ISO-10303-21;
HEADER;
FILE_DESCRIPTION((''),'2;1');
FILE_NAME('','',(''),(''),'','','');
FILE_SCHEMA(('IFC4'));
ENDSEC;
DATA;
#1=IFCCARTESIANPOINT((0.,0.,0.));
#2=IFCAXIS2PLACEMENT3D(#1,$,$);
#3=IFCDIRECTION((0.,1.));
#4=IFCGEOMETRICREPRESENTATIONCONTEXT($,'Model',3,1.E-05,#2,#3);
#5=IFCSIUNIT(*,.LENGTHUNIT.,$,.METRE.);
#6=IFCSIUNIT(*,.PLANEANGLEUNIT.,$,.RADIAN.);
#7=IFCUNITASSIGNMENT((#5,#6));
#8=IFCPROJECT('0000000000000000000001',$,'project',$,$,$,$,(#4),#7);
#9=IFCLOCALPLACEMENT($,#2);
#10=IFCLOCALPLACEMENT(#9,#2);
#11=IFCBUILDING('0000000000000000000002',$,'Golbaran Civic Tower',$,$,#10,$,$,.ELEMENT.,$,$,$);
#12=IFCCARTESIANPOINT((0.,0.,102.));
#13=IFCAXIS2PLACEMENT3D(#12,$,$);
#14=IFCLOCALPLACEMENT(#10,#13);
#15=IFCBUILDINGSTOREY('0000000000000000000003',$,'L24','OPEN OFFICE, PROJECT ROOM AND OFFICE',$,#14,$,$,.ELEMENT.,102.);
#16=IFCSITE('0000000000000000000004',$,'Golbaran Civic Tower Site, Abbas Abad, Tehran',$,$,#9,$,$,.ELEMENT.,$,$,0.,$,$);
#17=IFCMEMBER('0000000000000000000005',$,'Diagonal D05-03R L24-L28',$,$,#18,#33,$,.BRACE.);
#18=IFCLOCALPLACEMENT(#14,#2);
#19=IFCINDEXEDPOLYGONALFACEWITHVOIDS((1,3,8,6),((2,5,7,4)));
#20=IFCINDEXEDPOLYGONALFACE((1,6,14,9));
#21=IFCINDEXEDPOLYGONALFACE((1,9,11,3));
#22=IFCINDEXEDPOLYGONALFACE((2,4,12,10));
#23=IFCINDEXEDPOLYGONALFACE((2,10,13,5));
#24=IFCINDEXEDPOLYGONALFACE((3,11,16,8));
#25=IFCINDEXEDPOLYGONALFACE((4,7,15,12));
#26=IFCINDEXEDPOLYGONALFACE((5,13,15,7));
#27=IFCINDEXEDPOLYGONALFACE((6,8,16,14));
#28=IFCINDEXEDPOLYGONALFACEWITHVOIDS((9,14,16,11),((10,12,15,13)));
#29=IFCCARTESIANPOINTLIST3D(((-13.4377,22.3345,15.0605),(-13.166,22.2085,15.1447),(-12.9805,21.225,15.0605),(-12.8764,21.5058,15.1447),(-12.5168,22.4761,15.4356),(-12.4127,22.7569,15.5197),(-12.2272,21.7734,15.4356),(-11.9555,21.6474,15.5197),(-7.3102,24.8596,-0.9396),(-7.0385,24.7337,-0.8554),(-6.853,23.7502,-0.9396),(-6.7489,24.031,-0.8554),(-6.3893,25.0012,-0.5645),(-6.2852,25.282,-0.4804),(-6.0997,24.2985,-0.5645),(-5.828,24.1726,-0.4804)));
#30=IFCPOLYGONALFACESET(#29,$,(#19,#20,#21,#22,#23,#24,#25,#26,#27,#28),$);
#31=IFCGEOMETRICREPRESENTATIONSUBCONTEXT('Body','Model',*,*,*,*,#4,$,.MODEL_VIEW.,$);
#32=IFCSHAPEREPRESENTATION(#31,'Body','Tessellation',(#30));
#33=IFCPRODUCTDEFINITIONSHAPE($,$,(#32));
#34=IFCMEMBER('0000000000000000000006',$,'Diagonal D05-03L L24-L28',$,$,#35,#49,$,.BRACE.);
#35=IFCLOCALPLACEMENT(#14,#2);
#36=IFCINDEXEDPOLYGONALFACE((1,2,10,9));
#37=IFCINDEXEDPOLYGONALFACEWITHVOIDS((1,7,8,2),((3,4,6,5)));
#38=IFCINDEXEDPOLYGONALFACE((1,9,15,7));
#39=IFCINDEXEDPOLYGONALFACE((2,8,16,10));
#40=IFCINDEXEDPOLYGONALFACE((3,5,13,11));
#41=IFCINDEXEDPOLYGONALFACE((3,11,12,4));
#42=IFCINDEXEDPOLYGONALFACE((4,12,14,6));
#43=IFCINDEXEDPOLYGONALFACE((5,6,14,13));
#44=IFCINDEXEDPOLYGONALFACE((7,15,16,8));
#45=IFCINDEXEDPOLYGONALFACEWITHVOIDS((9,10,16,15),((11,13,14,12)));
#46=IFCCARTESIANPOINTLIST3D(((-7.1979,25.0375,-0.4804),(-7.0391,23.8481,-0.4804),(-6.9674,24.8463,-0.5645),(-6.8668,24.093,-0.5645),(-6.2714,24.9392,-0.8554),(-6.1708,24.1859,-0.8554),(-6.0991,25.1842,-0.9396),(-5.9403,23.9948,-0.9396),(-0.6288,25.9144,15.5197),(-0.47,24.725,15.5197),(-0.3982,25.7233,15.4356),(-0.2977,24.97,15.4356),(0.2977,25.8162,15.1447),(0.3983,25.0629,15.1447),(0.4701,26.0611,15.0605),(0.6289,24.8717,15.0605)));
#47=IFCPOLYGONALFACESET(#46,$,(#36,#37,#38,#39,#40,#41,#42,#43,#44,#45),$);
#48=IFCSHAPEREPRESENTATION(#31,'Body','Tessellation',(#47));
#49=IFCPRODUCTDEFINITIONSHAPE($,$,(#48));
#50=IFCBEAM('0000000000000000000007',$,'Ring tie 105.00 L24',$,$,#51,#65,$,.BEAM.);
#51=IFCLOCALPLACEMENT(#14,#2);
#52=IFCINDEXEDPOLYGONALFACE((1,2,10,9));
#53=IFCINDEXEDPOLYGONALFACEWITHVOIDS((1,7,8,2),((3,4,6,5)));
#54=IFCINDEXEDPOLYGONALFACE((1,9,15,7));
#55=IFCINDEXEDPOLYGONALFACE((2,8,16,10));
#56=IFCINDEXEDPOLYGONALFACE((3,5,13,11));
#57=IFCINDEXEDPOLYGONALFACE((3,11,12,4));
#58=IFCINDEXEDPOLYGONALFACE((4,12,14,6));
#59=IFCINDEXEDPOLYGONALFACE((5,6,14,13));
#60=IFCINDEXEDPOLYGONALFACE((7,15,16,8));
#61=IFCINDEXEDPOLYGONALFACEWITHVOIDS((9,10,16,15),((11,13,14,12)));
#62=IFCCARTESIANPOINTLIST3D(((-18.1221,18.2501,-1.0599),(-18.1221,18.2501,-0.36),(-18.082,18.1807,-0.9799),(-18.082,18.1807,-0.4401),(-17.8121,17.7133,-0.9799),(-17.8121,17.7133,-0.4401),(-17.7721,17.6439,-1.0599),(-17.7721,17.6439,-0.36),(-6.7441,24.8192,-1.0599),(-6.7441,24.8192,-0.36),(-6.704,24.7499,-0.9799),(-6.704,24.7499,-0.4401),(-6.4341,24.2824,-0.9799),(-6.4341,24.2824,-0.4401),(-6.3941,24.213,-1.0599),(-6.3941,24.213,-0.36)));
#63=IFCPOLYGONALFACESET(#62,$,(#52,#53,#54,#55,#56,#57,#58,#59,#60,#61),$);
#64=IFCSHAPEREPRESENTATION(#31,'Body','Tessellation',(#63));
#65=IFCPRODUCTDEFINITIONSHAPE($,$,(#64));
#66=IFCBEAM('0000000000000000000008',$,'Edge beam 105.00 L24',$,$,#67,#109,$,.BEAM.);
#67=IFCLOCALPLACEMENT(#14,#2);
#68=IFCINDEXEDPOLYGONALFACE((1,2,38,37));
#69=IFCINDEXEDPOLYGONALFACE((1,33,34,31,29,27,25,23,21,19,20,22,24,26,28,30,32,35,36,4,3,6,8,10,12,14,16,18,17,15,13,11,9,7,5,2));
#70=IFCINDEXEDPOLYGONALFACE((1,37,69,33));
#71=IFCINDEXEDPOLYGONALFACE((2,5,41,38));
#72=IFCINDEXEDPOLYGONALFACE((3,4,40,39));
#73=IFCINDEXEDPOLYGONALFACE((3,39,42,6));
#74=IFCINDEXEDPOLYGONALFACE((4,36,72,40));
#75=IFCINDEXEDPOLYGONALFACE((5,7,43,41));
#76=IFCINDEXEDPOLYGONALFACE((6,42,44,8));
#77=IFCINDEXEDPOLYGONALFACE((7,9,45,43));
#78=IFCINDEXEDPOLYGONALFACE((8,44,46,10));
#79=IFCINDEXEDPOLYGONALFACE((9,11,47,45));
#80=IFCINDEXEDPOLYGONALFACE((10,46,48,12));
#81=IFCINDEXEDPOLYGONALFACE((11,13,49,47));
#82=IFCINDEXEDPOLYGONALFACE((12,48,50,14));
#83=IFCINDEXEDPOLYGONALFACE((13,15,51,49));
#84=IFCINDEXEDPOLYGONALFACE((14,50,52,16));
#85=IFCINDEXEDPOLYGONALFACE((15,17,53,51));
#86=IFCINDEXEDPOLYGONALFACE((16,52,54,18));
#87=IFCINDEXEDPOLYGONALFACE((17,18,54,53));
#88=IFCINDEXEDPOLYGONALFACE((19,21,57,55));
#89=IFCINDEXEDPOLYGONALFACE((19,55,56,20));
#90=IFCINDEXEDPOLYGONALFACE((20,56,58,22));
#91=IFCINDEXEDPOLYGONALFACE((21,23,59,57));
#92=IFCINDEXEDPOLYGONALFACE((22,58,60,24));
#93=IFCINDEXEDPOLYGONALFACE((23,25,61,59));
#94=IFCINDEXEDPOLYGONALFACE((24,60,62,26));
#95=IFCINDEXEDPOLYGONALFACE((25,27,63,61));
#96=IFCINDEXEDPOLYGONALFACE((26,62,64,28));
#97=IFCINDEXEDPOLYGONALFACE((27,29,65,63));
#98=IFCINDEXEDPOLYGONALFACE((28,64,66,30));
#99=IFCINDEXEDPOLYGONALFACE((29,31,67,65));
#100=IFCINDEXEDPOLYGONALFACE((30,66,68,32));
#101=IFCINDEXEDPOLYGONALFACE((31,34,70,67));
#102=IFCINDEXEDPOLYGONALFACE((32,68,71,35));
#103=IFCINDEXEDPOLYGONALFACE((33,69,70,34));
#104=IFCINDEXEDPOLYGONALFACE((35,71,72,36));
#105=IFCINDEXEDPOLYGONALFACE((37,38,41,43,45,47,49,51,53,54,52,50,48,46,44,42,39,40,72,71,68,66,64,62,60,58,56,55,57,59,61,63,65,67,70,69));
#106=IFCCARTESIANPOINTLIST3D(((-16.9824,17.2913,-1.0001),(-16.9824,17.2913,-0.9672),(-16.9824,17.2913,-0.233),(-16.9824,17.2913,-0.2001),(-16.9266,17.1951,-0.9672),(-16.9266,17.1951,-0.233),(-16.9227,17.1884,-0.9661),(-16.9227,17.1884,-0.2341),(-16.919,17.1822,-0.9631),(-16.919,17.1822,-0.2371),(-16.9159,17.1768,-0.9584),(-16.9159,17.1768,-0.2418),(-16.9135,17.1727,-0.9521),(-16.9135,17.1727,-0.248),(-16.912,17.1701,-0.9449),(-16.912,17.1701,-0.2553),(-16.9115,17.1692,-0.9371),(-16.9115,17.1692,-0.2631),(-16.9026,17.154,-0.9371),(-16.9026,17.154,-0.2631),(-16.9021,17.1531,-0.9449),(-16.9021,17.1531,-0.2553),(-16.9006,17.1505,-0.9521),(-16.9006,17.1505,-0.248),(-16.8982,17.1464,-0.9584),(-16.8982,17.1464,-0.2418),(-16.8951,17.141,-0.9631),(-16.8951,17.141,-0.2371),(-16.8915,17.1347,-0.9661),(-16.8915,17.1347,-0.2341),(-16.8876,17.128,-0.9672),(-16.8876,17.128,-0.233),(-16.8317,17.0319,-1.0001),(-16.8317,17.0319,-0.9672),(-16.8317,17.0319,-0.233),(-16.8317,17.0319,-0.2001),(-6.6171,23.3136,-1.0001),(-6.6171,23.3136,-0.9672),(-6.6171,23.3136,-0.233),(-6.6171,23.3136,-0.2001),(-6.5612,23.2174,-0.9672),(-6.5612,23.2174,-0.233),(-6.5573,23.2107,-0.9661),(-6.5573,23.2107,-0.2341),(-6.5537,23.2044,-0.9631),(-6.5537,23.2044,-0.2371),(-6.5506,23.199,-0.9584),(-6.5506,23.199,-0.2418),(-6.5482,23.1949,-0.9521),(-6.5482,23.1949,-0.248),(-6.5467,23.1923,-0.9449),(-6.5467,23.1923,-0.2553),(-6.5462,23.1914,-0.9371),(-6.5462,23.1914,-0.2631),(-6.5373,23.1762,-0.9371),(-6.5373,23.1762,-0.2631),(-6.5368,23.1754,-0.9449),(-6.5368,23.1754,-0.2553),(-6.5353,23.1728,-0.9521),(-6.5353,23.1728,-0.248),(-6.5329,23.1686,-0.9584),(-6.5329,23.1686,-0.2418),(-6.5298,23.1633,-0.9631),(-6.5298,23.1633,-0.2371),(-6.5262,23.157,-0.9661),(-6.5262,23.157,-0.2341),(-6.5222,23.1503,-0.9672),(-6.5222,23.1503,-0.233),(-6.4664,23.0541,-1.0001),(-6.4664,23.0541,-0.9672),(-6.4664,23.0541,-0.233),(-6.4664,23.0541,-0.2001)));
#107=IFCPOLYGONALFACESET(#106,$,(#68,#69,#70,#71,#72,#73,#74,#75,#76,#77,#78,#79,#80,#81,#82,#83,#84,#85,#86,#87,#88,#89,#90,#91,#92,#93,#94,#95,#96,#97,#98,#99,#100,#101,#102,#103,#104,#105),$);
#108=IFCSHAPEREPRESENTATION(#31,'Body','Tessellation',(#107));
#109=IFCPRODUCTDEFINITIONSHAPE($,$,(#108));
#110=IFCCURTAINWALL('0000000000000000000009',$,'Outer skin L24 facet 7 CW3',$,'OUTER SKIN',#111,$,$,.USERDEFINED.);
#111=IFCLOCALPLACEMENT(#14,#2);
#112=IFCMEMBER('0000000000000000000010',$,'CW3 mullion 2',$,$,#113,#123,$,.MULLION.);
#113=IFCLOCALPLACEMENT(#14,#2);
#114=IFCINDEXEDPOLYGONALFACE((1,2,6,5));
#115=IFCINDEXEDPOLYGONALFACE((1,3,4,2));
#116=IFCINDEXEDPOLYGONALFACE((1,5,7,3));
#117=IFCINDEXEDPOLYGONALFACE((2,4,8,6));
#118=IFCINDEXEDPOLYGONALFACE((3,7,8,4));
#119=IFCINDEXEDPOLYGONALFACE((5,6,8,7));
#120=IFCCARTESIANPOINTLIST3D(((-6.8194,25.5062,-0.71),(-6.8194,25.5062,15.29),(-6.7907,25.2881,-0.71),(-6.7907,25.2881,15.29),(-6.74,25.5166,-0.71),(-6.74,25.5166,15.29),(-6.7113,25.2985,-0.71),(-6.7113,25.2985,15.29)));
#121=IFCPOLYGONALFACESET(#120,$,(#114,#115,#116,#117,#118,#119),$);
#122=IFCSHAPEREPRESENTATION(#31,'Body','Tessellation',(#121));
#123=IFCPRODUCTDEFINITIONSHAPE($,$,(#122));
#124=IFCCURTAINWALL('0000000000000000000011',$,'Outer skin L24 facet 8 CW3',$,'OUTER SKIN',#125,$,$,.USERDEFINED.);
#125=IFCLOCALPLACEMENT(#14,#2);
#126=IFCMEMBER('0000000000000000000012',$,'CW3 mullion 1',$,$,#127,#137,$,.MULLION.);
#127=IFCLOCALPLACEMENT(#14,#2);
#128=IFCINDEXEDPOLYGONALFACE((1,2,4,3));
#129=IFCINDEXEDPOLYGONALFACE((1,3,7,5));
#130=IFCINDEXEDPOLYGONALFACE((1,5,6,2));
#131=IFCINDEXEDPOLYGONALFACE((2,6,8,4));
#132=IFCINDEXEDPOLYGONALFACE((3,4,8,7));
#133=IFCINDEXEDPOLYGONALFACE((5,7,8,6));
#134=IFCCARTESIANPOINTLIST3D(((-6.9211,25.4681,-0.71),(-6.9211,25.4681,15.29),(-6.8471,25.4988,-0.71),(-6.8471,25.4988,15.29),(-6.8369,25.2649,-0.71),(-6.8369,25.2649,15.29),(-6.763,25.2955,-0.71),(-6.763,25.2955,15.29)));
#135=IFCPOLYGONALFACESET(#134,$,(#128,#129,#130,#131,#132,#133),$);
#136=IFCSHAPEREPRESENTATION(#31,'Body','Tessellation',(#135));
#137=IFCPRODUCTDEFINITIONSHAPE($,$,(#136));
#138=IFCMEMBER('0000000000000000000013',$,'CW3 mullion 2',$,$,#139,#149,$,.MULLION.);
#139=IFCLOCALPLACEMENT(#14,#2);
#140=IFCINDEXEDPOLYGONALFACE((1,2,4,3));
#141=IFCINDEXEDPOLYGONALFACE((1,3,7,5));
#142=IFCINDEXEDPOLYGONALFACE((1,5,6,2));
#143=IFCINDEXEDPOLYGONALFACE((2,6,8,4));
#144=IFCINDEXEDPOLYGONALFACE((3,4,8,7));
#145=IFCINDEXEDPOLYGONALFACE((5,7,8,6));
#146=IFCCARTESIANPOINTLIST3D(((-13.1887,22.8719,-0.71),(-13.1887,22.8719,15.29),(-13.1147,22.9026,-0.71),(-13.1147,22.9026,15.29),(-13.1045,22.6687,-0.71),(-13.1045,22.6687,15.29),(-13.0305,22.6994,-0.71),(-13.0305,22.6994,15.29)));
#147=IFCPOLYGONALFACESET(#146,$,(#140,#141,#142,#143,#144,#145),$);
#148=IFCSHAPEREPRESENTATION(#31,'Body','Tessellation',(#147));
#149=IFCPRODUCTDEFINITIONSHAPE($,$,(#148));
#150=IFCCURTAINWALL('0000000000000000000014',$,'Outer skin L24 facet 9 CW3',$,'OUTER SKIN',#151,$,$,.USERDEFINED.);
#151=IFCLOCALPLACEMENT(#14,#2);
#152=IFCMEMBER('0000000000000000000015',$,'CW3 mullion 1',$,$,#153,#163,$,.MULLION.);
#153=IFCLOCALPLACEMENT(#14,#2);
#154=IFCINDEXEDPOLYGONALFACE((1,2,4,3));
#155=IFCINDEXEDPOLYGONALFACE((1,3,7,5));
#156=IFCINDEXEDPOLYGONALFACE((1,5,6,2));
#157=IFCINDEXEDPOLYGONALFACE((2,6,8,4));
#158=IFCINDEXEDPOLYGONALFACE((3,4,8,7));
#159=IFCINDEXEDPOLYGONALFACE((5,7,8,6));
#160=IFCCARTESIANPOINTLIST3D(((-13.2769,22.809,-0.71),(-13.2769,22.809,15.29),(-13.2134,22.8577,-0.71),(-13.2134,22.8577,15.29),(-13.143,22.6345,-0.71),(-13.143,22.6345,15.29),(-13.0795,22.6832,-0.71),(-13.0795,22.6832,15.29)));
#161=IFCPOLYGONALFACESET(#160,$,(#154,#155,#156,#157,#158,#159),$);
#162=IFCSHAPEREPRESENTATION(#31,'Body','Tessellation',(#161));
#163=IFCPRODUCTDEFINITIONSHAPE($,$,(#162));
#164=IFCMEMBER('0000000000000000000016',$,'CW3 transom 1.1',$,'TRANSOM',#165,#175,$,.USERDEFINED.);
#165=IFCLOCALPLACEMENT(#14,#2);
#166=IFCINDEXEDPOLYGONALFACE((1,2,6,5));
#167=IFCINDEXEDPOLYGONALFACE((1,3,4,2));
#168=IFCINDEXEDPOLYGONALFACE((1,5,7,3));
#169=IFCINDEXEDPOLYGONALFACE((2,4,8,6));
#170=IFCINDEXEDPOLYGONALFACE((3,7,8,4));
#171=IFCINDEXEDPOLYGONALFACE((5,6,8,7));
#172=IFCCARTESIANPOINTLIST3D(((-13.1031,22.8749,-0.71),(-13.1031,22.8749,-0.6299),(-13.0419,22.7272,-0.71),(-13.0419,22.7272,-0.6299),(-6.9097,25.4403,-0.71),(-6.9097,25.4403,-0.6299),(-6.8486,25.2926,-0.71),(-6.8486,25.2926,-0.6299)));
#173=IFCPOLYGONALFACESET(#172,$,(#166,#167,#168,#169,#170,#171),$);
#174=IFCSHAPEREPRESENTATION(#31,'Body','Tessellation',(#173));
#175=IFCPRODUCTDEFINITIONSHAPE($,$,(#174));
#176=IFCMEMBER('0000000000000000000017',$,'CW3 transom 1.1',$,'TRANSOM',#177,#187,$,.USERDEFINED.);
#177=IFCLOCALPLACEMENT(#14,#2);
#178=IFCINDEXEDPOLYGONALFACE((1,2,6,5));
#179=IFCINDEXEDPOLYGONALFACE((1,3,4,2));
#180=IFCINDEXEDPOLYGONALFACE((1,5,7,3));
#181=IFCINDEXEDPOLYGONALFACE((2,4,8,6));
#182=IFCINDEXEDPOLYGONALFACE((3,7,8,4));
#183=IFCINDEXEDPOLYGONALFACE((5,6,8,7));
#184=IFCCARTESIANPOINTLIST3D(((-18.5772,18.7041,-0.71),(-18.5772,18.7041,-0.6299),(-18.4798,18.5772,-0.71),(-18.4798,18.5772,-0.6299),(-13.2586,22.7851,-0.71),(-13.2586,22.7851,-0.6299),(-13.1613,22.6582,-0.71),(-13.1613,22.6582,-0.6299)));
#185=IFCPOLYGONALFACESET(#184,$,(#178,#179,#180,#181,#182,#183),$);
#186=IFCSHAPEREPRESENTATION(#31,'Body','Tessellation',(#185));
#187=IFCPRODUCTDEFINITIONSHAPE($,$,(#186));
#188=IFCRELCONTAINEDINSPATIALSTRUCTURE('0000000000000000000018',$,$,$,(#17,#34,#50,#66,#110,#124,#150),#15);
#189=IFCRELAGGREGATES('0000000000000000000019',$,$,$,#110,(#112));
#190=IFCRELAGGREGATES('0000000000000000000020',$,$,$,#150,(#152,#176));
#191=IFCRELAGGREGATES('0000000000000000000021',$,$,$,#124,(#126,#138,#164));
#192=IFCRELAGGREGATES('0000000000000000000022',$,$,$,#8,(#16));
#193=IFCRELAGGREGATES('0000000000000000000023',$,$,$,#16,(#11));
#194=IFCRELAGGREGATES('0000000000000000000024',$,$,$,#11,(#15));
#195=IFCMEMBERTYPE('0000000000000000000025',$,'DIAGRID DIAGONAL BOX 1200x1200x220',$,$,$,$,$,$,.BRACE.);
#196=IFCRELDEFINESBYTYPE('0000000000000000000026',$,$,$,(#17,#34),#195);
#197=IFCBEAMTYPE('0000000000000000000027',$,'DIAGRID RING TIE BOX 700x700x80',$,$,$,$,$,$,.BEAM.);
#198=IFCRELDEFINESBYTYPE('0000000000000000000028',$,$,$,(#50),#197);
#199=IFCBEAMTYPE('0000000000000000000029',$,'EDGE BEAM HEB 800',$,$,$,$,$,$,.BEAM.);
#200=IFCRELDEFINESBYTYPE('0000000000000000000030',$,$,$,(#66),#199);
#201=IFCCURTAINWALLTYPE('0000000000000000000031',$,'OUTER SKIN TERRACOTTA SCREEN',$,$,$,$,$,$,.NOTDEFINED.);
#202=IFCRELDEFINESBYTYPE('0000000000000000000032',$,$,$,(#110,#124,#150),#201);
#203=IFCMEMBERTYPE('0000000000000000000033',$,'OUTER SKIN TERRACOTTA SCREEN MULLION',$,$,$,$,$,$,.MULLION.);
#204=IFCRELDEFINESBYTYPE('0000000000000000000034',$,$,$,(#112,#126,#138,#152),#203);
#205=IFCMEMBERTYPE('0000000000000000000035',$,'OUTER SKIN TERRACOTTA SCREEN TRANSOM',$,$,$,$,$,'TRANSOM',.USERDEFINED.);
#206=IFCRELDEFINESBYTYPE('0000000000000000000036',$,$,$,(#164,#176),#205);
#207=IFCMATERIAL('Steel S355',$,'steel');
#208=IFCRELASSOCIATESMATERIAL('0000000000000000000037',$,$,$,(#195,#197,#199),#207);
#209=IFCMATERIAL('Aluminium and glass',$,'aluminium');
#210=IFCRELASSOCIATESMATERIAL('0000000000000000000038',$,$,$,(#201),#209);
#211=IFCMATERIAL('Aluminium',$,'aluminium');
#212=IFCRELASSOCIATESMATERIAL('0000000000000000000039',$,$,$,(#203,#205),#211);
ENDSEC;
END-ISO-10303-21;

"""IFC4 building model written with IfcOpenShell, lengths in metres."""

from ifc_helpers import new_model, si_unit, direction, frame, origin, origin_2d, place, context, subcontext, project, spatial, rectangle, hollow_rectangle, i_section, extrude, material, material_profile, profile_set, type_object, element, aggregate, save


model = new_model("IFC4")

# Units and contexts
model_context = context("Model", 3, precision=1e-05, world=origin(), true_north=direction((0.0, 1.0)))
body_context = subcontext(model_context, "Body", "Model", "MODEL_VIEW")
ifc_project = project(units=[si_unit("LENGTHUNIT", "METRE"), si_unit("PLANEANGLEUNIT", "RADIAN")], contexts=[model_context])

# Site, building, storey
site_placement = place(None, origin())
site = spatial("IfcSite", under=ifc_project, at=site_placement, Name="Golbaran Civic Tower Site, Abbas Abad, Tehran", CompositionType="ELEMENT", RefElevation=0.0)
building_placement = place(site_placement, origin())
building = spatial("IfcBuilding", under=site, at=building_placement, Name="Golbaran Civic Tower", CompositionType="ELEMENT")
storey_placement = place(building_placement, frame((0.0, 0.0, 102.0)))
storey = spatial("IfcBuildingStorey", under=building, at=storey_placement, Name="L24", Description="OPEN OFFICE, PROJECT ROOM AND OFFICE", CompositionType="ELEMENT", Elevation=102.0)

# Members
ifc_material_1 = material(Name="Steel S355", Category="steel")
ifc_material_profile_1 = material_profile(ifc_material_1, hollow_rectangle(XDim=1.2, YDim=1.2, WallThickness=0.22, at=origin_2d()), Name="BOX 1200x1200x220")
ifc_profile_set_1 = profile_set([ifc_material_profile_1], Name="Steel S355")
member_type_1 = type_object("IfcMemberType", Name="DIAGRID DIAGONAL BOX 1200x1200x220", PredefinedType="BRACE", material=ifc_profile_set_1)
for number, where, z_axis, x_axis, name in (
    (1, (-6.5691, 24.5161, -0.71), (-0.353814, -0.145808, 0.923881), (0.381018, -0.924567, 0.0), "Diagonal D05-03R L24-L28"),
    (2, (-6.5691, 24.5161, -0.71), (0.379316, 0.050637, 0.923881), (-0.132323, 0.991207, 0.0), "Diagonal D05-03L L24-L28"),
):
    element("IfcMember", number, at=place(storey_placement, frame(where, z_axis=z_axis, x_axis=x_axis)), inside=storey, type_object=member_type_1, Name=name, PredefinedType="BRACE", context=body_context, shape_type="SweptSolid", body=[
        extrude(hollow_rectangle(XDim=1.2, YDim=1.2, WallThickness=0.22, at=origin_2d()), origin(), (0.0, 0.0, 1.0), 17.3184),
    ])

# Beams
ifc_material_profile_2 = material_profile(ifc_material_1, hollow_rectangle(XDim=0.7, YDim=0.7, WallThickness=0.0801, at=origin_2d()), Name="BOX 700x700x80")
ifc_profile_set_2 = profile_set([ifc_material_profile_2], Name="Steel S355")
beam_type_1 = type_object("IfcBeamType", Name="DIAGRID RING TIE BOX 700x700x80", PredefinedType="BEAM", material=ifc_profile_set_2)
beam_1_placement = place(storey_placement, frame((-6.5691, 24.5161, -0.71), z_axis=(-0.866024, -0.500002, 0.0), x_axis=(0.500002, -0.866024, 0.0)))
element("IfcBeam", 3, at=beam_1_placement, inside=storey, type_object=beam_type_1, Name="Ring tie 105.00 L24", PredefinedType="BEAM", context=body_context, shape_type="SweptSolid", body=[
    extrude(hollow_rectangle(XDim=0.7, YDim=0.7, WallThickness=0.0801, at=origin_2d()), origin(), (0.0, 0.0, 1.0), 13.1382),
])
ifc_material_profile_3 = material_profile(ifc_material_1, i_section(OverallWidth=0.3, OverallDepth=0.8, WebThickness=0.0176, FlangeThickness=0.033, FilletRadius=0.03, at=origin_2d()), Name="HEB 800")
ifc_profile_set_3 = profile_set([ifc_material_profile_3], Name="Steel S355")
beam_type_2 = type_object("IfcBeamType", Name="EDGE BEAM HEB 800", PredefinedType="BEAM", material=ifc_profile_set_3)
beam_2_placement = place(storey_placement, frame((-6.5417, 23.1838, -0.6001), z_axis=(-0.864655, -0.502366, 0.0), x_axis=(0.502366, -0.864655, 0.0)))
element("IfcBeam", 4, at=beam_2_placement, inside=storey, type_object=beam_type_2, Name="Edge beam 105.00 L24", PredefinedType="BEAM", context=body_context, shape_type="SweptSolid", body=[
    extrude(i_section(OverallWidth=0.3, OverallDepth=0.8, WebThickness=0.0176, FlangeThickness=0.033, FilletRadius=0.03, at=origin_2d()), origin(), (0.0, 0.0, 1.0), 11.9878),
])

# Curtain wall, member
ifc_material_2 = material(Name="Aluminium and glass", Category="aluminium")
curtain_wall_type_1 = type_object("IfcCurtainWallType", Name="OUTER SKIN TERRACOTTA SCREEN", PredefinedType="NOTDEFINED", material=ifc_material_2)
curtain_wall_1_placement = place(storey_placement, origin())
curtain_wall_1 = element("IfcCurtainWall", 5, at=curtain_wall_1_placement, inside=storey, type_object=curtain_wall_type_1, Name="Outer skin L24 facet 7 CW3", ObjectType="OUTER SKIN", PredefinedType="USERDEFINED")
ifc_material_3 = material(Name="Aluminium", Category="aluminium")
ifc_material_profile_4 = material_profile(ifc_material_3, rectangle(XDim=0.22, YDim=0.0801, at=origin_2d()), Name="OUTER SKIN TERRACOTTA SCREEN MULLION")
ifc_profile_set_4 = profile_set([ifc_material_profile_4], Name="Aluminium")
member_type_2 = type_object("IfcMemberType", Name="OUTER SKIN TERRACOTTA SCREEN MULLION", PredefinedType="MULLION", material=ifc_profile_set_4)
member_1_placement = place(storey_placement, frame((-6.7654, 25.4023, -0.71), z_axis=(0.0, 0.0, 1.0), x_axis=(0.130526, -0.991445, 0.0)))
member_1 = element("IfcMember", 6, at=member_1_placement, type_object=member_type_2, Name="CW3 mullion 2", PredefinedType="MULLION", context=body_context, shape_type="SweptSolid", body=[
    extrude(rectangle(XDim=0.22, YDim=0.0801, at=origin_2d()), origin(), (0.0, 0.0, 1.0), 16.0),
])
aggregate(curtain_wall_1, [member_1])

# Curtain wall, members
curtain_wall_2_placement = place(storey_placement, origin())
curtain_wall_2 = element("IfcCurtainWall", 7, at=curtain_wall_2_placement, inside=storey, type_object=curtain_wall_type_1, Name="Outer skin L24 facet 8 CW3", ObjectType="OUTER SKIN", PredefinedType="USERDEFINED")
member_2_placement = place(storey_placement, frame((-6.842, 25.3818, -0.71), z_axis=(0.0, 0.0, 1.0), x_axis=(0.382683, -0.92388, 0.0)))
member_2 = element("IfcMember", 8, at=member_2_placement, type_object=member_type_2, Name="CW3 mullion 1", PredefinedType="MULLION", context=body_context, shape_type="SweptSolid", body=[
    extrude(rectangle(XDim=0.22, YDim=0.0801, at=origin_2d()), origin(), (0.0, 0.0, 1.0), 16.0),
])
member_3_placement = place(storey_placement, frame((-13.1096, 22.7856, -0.71), z_axis=(0.0, 0.0, 1.0), x_axis=(0.382683, -0.92388, 0.0)))
member_3 = element("IfcMember", 9, at=member_3_placement, type_object=member_type_2, Name="CW3 mullion 2", PredefinedType="MULLION", context=body_context, shape_type="SweptSolid", body=[
    extrude(rectangle(XDim=0.22, YDim=0.0801, at=origin_2d()), origin(), (0.0, 0.0, 1.0), 16.0),
])

# Curtain wall, member
curtain_wall_3_placement = place(storey_placement, origin())
curtain_wall_3 = element("IfcCurtainWall", 10, at=curtain_wall_3_placement, inside=storey, type_object=curtain_wall_type_1, Name="Outer skin L24 facet 9 CW3", ObjectType="OUTER SKIN", PredefinedType="USERDEFINED")
member_4_placement = place(storey_placement, frame((-13.1782, 22.7461, -0.71), z_axis=(0.0, 0.0, 1.0), x_axis=(0.608761, -0.793353, 0.0)))
member_4 = element("IfcMember", 11, at=member_4_placement, type_object=member_type_2, Name="CW3 mullion 1", PredefinedType="MULLION", context=body_context, shape_type="SweptSolid", body=[
    extrude(rectangle(XDim=0.22, YDim=0.0801, at=origin_2d()), origin(), (0.0, 0.0, 1.0), 16.0),
])

# Members
ifc_material_profile_5 = material_profile(ifc_material_3, rectangle(XDim=0.1599, YDim=0.0801, at=origin_2d()), Name="OUTER SKIN TERRACOTTA SCREEN TRANSOM")
ifc_profile_set_5 = profile_set([ifc_material_profile_5], Name="Aluminium")
member_type_3 = type_object("IfcMemberType", Name="OUTER SKIN TERRACOTTA SCREEN TRANSOM", ElementType="TRANSOM", PredefinedType="USERDEFINED", material=ifc_profile_set_5)
member_5_placement = place(storey_placement, frame((-6.8792, 25.3665, -0.6699), z_axis=(-0.923877, -0.382691, 0.0), x_axis=(0.382691, -0.923877, 0.0)))
member_5 = element("IfcMember", 12, at=member_5_placement, type_object=member_type_3, Name="CW3 transom 1.1", ObjectType="TRANSOM", PredefinedType="USERDEFINED", context=body_context, shape_type="SweptSolid", body=[
    extrude(rectangle(XDim=0.1599, YDim=0.0801, at=origin_2d()), origin(), (0.0, 0.0, 1.0), 6.7036),
])
member_6_placement = place(storey_placement, frame((-13.21, 22.7217, -0.6699), z_axis=(-0.793357, -0.608756, 0.0), x_axis=(0.608756, -0.793357, 0.0)))
member_6 = element("IfcMember", 13, at=member_6_placement, type_object=member_type_3, Name="CW3 transom 1.1", ObjectType="TRANSOM", PredefinedType="USERDEFINED", context=body_context, shape_type="SweptSolid", body=[
    extrude(rectangle(XDim=0.1599, YDim=0.0801, at=origin_2d()), origin(), (0.0, 0.0, 1.0), 6.7039),
])
aggregate(curtain_wall_3, [member_4, member_6])

aggregate(curtain_wall_2, [member_2, member_3, member_5])

save(model, "model.ifc")
